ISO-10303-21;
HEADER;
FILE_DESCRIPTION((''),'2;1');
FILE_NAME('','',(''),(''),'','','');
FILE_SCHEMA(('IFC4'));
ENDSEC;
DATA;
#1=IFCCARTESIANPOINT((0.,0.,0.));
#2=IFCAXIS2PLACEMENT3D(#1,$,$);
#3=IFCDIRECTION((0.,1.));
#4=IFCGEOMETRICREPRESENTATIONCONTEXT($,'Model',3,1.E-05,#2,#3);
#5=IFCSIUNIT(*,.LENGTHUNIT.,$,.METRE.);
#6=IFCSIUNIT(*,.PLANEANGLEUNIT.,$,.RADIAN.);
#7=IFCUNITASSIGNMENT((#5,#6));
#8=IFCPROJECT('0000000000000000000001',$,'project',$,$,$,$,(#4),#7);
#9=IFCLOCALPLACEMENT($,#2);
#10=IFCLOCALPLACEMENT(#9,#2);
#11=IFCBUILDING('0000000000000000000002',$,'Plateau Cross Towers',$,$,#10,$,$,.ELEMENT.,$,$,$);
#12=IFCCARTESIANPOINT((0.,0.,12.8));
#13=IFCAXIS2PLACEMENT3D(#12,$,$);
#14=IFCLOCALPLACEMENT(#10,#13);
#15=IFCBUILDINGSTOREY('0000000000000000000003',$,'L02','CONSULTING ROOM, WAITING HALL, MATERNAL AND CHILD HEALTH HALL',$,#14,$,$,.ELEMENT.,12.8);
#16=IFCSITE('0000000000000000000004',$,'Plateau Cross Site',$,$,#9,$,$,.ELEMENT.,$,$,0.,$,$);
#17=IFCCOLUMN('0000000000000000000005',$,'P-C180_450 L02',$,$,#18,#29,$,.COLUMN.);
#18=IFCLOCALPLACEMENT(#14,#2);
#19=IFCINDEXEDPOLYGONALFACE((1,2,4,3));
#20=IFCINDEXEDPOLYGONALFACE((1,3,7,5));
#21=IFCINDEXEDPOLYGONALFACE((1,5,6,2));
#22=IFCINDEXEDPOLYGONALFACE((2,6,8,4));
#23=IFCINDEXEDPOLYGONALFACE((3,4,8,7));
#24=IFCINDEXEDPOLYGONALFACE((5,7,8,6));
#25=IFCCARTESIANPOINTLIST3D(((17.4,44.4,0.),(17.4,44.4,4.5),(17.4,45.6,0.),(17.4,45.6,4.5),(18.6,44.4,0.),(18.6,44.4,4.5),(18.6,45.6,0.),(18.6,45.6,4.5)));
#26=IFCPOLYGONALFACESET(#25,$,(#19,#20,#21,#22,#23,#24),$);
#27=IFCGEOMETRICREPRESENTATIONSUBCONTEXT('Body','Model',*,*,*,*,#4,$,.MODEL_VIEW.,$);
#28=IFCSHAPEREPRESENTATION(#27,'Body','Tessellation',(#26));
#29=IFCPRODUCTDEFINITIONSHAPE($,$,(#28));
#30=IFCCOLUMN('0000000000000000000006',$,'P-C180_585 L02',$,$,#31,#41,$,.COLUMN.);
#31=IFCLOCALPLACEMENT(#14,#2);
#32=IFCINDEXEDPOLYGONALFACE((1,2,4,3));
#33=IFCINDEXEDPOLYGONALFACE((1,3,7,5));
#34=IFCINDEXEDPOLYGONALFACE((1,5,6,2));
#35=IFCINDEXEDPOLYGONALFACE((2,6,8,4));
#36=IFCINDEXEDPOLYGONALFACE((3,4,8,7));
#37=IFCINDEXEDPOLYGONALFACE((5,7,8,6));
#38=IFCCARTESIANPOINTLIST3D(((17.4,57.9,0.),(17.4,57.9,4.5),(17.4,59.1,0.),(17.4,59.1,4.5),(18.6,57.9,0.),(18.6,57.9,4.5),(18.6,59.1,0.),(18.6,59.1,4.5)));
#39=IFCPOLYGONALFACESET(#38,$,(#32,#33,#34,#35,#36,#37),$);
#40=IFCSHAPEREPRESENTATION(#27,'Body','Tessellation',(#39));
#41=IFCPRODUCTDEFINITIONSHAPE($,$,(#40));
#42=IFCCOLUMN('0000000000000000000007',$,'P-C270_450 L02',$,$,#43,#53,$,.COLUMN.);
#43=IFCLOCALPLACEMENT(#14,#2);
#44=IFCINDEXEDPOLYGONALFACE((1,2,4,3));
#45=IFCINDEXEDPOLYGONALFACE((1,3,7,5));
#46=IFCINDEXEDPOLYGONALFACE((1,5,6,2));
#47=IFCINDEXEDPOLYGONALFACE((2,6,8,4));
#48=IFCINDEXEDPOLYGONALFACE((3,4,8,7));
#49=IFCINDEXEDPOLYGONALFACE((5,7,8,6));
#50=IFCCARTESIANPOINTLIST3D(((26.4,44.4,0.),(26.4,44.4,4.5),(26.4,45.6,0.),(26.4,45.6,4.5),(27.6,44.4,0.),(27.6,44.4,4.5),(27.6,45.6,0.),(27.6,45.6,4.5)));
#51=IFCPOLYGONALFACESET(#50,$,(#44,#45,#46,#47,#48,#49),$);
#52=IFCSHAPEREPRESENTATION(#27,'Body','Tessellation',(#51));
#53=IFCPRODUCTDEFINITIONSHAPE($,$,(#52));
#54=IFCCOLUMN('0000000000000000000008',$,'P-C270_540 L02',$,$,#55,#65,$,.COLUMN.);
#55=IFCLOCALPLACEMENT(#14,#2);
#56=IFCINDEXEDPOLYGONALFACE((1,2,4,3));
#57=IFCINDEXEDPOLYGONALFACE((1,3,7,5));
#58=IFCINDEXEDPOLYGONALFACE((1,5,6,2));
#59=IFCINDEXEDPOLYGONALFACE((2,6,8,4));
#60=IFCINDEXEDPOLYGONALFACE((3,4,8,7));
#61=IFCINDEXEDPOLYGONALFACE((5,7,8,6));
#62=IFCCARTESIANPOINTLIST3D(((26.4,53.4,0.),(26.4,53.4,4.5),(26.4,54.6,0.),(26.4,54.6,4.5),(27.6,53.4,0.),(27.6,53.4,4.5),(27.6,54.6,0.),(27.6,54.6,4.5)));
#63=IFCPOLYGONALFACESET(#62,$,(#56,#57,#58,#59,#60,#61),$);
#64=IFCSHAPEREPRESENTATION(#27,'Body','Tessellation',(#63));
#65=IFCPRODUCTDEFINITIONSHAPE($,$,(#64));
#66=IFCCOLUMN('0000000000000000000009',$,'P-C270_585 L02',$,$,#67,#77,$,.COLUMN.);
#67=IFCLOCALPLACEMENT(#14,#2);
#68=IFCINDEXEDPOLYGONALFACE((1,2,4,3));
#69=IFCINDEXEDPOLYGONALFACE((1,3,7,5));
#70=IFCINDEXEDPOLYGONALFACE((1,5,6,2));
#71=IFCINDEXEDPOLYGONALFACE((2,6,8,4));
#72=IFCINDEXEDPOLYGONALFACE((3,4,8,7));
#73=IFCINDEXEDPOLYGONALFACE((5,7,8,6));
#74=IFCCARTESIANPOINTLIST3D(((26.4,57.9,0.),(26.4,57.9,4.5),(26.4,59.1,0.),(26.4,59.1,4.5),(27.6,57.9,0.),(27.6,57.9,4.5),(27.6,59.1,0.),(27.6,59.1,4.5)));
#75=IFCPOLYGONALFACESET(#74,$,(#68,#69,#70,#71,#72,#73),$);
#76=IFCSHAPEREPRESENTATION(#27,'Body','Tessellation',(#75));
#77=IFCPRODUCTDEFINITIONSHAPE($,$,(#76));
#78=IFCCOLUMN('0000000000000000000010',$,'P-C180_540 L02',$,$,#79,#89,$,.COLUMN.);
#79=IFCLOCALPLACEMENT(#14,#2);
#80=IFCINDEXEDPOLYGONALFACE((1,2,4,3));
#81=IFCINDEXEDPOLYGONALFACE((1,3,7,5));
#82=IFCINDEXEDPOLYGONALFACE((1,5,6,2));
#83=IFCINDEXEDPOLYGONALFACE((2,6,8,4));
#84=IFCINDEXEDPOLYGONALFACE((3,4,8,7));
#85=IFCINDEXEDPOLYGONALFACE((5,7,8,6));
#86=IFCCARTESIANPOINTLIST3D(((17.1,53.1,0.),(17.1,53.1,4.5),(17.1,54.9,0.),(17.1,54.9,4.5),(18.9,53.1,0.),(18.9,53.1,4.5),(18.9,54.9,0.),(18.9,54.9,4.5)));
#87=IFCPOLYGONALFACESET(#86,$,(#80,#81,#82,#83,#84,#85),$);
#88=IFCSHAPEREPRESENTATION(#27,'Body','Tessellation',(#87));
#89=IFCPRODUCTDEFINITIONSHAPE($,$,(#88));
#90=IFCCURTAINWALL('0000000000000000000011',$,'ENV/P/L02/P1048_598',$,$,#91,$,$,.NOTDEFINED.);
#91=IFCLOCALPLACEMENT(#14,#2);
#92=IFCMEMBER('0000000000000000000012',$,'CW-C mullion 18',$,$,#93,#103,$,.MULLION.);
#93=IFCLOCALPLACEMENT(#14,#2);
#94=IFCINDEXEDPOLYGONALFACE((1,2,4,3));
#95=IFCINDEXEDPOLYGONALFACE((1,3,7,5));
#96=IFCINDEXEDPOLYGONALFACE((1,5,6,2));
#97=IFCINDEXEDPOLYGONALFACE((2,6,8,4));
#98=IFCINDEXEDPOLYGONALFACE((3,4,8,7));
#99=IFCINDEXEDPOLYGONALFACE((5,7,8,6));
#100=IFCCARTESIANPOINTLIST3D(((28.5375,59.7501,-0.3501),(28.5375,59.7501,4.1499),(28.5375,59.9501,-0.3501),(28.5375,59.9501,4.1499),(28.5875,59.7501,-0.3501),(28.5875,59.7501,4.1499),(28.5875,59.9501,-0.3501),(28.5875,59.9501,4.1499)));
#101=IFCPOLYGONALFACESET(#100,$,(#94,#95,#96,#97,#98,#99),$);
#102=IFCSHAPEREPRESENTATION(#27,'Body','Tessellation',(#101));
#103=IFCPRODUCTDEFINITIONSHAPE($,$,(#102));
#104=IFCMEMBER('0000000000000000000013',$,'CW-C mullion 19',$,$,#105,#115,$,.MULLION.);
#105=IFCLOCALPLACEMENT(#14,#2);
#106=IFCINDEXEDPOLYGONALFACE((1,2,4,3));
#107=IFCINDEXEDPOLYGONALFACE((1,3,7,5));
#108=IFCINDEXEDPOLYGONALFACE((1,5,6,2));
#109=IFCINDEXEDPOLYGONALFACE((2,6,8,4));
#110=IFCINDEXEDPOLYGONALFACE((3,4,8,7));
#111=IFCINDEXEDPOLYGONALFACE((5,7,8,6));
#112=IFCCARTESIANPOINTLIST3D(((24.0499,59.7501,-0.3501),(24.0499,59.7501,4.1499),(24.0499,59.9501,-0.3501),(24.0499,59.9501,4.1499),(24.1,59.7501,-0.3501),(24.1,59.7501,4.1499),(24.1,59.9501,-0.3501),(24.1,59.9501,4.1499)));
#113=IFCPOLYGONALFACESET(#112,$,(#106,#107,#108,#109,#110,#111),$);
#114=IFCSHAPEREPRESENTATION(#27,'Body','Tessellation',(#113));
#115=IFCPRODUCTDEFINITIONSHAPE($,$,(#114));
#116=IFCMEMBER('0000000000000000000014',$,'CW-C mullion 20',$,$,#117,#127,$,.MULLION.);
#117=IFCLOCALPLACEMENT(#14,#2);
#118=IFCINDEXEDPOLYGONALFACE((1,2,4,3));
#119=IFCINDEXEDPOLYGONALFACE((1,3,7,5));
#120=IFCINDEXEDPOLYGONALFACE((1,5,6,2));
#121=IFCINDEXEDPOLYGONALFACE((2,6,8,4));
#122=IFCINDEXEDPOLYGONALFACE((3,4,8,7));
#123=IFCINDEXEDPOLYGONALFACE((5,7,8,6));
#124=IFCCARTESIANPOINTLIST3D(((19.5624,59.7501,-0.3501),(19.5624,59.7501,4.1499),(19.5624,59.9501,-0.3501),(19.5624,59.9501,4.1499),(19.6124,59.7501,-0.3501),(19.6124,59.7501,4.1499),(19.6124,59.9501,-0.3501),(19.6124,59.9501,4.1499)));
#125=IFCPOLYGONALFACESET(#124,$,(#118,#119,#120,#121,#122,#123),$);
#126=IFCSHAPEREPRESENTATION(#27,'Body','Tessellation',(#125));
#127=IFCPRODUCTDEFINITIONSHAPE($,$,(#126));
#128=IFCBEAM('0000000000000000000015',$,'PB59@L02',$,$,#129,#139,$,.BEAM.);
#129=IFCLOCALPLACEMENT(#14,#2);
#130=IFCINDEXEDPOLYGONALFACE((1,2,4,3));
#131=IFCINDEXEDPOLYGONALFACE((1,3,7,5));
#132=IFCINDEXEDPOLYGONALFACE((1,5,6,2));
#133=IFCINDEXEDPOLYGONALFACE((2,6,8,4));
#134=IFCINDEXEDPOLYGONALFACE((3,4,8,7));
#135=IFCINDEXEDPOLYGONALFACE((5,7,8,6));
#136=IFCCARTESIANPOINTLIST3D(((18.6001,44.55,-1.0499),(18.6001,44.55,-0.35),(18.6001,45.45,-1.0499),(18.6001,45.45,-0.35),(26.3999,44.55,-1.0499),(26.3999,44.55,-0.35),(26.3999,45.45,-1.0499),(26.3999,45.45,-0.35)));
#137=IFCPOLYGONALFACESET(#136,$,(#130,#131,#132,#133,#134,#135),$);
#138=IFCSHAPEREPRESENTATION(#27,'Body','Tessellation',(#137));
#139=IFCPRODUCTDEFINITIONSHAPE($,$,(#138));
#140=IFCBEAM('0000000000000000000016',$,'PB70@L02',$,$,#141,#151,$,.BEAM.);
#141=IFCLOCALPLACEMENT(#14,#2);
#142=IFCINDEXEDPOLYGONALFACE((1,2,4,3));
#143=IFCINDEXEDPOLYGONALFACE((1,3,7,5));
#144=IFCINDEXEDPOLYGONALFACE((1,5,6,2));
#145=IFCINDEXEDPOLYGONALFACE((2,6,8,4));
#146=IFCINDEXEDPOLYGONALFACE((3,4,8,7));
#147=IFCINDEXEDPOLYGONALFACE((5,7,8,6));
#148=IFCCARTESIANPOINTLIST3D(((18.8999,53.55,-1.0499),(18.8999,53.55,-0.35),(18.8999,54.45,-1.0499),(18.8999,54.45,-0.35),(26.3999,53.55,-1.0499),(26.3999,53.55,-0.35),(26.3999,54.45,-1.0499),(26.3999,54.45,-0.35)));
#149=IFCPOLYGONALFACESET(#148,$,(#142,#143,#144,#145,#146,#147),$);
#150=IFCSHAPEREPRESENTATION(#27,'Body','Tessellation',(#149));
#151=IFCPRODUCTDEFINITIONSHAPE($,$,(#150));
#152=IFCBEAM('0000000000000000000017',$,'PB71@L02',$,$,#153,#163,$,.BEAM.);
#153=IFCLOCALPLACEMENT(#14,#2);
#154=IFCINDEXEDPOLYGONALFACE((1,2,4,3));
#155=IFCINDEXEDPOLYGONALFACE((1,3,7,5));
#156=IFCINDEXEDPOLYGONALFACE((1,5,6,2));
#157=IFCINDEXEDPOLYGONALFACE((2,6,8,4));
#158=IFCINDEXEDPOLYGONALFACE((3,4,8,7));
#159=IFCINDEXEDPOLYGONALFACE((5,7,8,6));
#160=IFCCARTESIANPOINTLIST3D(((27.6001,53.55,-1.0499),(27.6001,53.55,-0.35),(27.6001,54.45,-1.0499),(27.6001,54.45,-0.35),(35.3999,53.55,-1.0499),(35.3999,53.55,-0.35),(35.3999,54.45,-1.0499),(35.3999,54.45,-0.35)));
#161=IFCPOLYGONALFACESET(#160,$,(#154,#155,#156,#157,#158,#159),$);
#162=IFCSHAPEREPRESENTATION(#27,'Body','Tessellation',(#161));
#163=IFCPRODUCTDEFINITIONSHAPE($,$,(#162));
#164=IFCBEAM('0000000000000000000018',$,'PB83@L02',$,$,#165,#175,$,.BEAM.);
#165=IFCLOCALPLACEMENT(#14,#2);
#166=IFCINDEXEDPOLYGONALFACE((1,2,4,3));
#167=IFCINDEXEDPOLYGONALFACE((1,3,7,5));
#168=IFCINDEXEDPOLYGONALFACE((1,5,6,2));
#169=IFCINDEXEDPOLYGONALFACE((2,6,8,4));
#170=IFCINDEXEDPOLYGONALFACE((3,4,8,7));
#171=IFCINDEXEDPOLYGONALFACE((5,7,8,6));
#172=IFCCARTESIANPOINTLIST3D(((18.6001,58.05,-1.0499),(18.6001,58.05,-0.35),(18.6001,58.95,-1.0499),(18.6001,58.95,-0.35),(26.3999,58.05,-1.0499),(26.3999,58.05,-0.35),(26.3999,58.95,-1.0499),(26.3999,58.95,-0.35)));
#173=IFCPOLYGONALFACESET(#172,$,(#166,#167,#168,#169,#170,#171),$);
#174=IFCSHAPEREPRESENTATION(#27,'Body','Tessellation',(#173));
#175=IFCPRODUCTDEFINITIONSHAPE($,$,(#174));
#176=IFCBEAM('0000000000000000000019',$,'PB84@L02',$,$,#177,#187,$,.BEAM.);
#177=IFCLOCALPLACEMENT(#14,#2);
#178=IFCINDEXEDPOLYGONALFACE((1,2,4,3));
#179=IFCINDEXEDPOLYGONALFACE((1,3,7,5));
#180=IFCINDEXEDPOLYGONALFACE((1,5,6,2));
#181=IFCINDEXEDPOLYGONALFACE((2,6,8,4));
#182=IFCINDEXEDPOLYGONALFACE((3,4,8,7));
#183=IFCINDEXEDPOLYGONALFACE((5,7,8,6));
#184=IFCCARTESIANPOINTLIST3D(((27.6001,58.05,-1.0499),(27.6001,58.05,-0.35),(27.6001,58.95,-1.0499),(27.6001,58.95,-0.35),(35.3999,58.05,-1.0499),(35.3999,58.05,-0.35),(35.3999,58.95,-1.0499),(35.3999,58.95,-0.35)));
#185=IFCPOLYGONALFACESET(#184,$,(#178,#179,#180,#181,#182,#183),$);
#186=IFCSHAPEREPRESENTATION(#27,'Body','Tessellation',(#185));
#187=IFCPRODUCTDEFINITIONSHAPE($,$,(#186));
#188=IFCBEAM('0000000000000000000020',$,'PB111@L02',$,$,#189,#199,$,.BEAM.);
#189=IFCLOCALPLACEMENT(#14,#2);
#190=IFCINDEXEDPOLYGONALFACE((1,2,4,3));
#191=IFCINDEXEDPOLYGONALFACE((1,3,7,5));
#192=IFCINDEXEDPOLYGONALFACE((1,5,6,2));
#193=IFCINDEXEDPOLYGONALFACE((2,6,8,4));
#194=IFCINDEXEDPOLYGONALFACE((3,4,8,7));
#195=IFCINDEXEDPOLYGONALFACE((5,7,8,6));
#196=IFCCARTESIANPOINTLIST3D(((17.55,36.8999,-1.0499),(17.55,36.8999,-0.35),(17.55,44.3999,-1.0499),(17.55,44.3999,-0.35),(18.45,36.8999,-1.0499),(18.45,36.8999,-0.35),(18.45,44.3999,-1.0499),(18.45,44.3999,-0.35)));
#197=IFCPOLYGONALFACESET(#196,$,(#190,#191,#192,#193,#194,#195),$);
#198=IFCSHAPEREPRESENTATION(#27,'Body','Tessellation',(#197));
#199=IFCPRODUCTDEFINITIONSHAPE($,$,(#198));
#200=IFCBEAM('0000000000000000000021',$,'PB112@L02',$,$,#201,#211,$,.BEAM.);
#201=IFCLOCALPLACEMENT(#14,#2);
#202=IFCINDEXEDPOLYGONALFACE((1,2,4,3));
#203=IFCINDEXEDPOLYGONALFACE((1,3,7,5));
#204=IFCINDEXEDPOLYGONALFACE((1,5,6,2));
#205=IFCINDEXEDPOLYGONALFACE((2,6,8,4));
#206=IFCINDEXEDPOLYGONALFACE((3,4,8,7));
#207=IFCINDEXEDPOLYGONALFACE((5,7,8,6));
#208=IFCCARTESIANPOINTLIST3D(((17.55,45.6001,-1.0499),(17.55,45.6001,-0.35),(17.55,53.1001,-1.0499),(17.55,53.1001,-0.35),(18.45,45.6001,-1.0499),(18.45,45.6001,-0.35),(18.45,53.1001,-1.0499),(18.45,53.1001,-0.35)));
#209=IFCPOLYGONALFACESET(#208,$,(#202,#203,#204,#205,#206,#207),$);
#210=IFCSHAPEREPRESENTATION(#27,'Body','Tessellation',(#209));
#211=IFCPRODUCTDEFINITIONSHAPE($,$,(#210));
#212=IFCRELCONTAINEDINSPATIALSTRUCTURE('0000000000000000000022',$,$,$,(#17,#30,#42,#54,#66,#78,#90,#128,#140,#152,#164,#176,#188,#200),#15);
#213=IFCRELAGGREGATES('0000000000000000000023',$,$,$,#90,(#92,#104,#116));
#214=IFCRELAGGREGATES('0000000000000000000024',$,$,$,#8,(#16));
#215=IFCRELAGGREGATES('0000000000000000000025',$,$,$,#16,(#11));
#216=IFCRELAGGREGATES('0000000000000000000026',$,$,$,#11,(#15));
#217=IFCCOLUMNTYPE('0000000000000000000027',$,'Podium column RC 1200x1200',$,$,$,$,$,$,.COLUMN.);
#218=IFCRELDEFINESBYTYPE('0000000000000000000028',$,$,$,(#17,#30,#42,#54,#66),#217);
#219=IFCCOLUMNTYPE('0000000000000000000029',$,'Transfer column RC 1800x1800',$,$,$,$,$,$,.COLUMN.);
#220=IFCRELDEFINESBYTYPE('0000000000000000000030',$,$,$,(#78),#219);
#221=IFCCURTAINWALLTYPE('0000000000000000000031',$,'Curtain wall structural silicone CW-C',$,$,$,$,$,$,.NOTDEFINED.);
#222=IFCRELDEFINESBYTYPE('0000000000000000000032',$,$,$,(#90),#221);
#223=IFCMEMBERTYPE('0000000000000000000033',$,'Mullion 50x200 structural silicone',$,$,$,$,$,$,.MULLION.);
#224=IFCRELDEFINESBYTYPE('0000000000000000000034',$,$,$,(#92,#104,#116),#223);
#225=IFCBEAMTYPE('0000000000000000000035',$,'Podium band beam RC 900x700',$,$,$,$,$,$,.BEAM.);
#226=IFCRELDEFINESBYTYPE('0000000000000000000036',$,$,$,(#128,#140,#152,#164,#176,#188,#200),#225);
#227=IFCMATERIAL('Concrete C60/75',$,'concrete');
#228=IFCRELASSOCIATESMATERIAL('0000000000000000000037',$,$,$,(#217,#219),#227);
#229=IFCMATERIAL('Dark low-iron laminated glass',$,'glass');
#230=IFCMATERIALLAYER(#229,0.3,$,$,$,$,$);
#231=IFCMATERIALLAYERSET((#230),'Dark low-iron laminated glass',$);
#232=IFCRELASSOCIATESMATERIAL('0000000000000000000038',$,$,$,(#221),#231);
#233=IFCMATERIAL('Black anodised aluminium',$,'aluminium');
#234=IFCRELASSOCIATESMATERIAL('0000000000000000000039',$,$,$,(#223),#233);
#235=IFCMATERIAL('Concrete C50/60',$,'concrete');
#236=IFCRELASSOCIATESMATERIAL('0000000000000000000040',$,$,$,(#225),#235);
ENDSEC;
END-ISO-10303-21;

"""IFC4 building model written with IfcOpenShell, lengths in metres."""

from ifc_helpers import new_model, si_unit, direction, frame, origin, origin_2d, place, context, subcontext, project, spatial, rectangle, extrude, material, layer, layer_set, material_profile, profile_set, type_object, element, aggregate, save


model = new_model("IFC4")

# Units and contexts
model_context = context("Model", 3, precision=1e-05, world=origin(), true_north=direction((0.0, 1.0)))
body_context = subcontext(model_context, "Body", "Model", "MODEL_VIEW")
ifc_project = project(units=[si_unit("LENGTHUNIT", "METRE"), si_unit("PLANEANGLEUNIT", "RADIAN")], contexts=[model_context])

# Site, building, storey
site_placement = place(None, origin())
site = spatial("IfcSite", under=ifc_project, at=site_placement, Name="Plateau Cross Site", CompositionType="ELEMENT", RefElevation=0.0)
building_placement = place(site_placement, origin())
building = spatial("IfcBuilding", under=site, at=building_placement, Name="Plateau Cross Towers", CompositionType="ELEMENT")
storey_placement = place(building_placement, frame((0.0, 0.0, 12.8)))
storey = spatial("IfcBuildingStorey", under=building, at=storey_placement, Name="L02", Description="CONSULTING ROOM, WAITING HALL, MATERNAL AND CHILD HEALTH HALL", CompositionType="ELEMENT", Elevation=12.8)

# Columns
ifc_material_1 = material(Name="Concrete C60/75", Category="concrete")
ifc_material_profile_1 = material_profile(ifc_material_1, rectangle(XDim=1.2, YDim=1.2, at=origin_2d()), Name="RC 1200x1200")
ifc_profile_set_1 = profile_set([ifc_material_profile_1], Name="Concrete C60/75")
column_type_1 = type_object("IfcColumnType", Name="Podium column RC 1200x1200", PredefinedType="COLUMN", material=ifc_profile_set_1)
for number, where, z_axis, x_axis, name in (
    (1, (18.0, 45.0, 0.0), (0.0, 0.0, 1.0), (1.0, 0.0, 0.0), "P-C180_450 L02"),
    (2, (18.0, 58.5, 0.0), (0.0, 0.0, 1.0), (1.0, 0.0, 0.0), "P-C180_585 L02"),
    (3, (27.0, 45.0, 0.0), (0.0, 0.0, 1.0), (1.0, 0.0, 0.0), "P-C270_450 L02"),
    (4, (27.0, 54.0, 0.0), (0.0, 0.0, 1.0), (1.0, 0.0, 0.0), "P-C270_540 L02"),
    (5, (27.0, 58.5, 0.0), (0.0, 0.0, 1.0), (1.0, 0.0, 0.0), "P-C270_585 L02"),
):
    element("IfcColumn", number, at=place(storey_placement, frame(where, z_axis=z_axis, x_axis=x_axis)), inside=storey, type_object=column_type_1, Name=name, PredefinedType="COLUMN", context=body_context, shape_type="SweptSolid", body=[
        extrude(rectangle(XDim=1.2, YDim=1.2, at=origin_2d()), origin(), (0.0, 0.0, 1.0), 4.5),
    ])
ifc_material_profile_2 = material_profile(ifc_material_1, rectangle(XDim=1.8, YDim=1.8, at=origin_2d()), Name="RC 1800x1800")
ifc_profile_set_2 = profile_set([ifc_material_profile_2], Name="Concrete C60/75")
column_type_2 = type_object("IfcColumnType", Name="Transfer column RC 1800x1800", PredefinedType="COLUMN", material=ifc_profile_set_2)
column_placement = place(storey_placement, frame((18.0, 54.0, 0.0), z_axis=(0.0, 0.0, 1.0), x_axis=(1.0, 0.0, 0.0)))
element("IfcColumn", 6, at=column_placement, inside=storey, type_object=column_type_2, Name="P-C180_540 L02", PredefinedType="COLUMN", context=body_context, shape_type="SweptSolid", body=[
    extrude(rectangle(XDim=1.8, YDim=1.8, at=origin_2d()), origin(), (0.0, 0.0, 1.0), 4.5),
])

# Curtain wall, members
ifc_material_2 = material(Name="Dark low-iron laminated glass", Category="glass")
ifc_layer_1 = layer(ifc_material_2, 0.3)
ifc_layer_set_1 = layer_set([ifc_layer_1], Name="Dark low-iron laminated glass")
curtain_wall_type = type_object("IfcCurtainWallType", Name="Curtain wall structural silicone CW-C", PredefinedType="NOTDEFINED", material=ifc_layer_set_1)
curtain_wall_placement = place(storey_placement, origin())
curtain_wall = element("IfcCurtainWall", 7, at=curtain_wall_placement, inside=storey, type_object=curtain_wall_type, Name="ENV/P/L02/P1048_598", PredefinedType="NOTDEFINED")
ifc_material_3 = material(Name="Black anodised aluminium", Category="aluminium")
ifc_material_profile_3 = material_profile(ifc_material_3, rectangle(XDim=0.05, YDim=0.2, at=origin_2d()), Name="MULLION 50x200")
ifc_profile_set_3 = profile_set([ifc_material_profile_3], Name="Black anodised aluminium")
member_type = type_object("IfcMemberType", Name="Mullion 50x200 structural silicone", PredefinedType="MULLION", material=ifc_profile_set_3)
member_1_placement = place(storey_placement, frame((28.5625, 59.8501, -0.3501), z_axis=(0.0, 0.0, 1.0), x_axis=(-1.0, 0.0, 0.0)))
member_1 = element("IfcMember", 8, at=member_1_placement, type_object=member_type, Name="CW-C mullion 18", PredefinedType="MULLION", context=body_context, shape_type="SweptSolid", body=[
    extrude(rectangle(XDim=0.05, YDim=0.2, at=origin_2d()), origin(), (0.0, 0.0, 1.0), 4.5),
])
member_2_placement = place(storey_placement, frame((24.075, 59.8501, -0.3501), z_axis=(0.0, 0.0, 1.0), x_axis=(-1.0, 0.0, 0.0)))
member_2 = element("IfcMember", 9, at=member_2_placement, type_object=member_type, Name="CW-C mullion 19", PredefinedType="MULLION", context=body_context, shape_type="SweptSolid", body=[
    extrude(rectangle(XDim=0.05, YDim=0.2, at=origin_2d()), origin(), (0.0, 0.0, 1.0), 4.5),
])
member_3_placement = place(storey_placement, frame((19.5874, 59.8501, -0.3501), z_axis=(0.0, 0.0, 1.0), x_axis=(-1.0, 0.0, 0.0)))
member_3 = element("IfcMember", 10, at=member_3_placement, type_object=member_type, Name="CW-C mullion 20", PredefinedType="MULLION", context=body_context, shape_type="SweptSolid", body=[
    extrude(rectangle(XDim=0.05, YDim=0.2, at=origin_2d()), origin(), (0.0, 0.0, 1.0), 4.5),
])

# Beams
ifc_material_4 = material(Name="Concrete C50/60", Category="concrete")
ifc_material_profile_4 = material_profile(ifc_material_4, rectangle(XDim=0.8999, YDim=0.7, at=origin_2d()), Name="RC 900x700")
ifc_profile_set_4 = profile_set([ifc_material_profile_4], Name="Concrete C50/60")
beam_type = type_object("IfcBeamType", Name="Podium band beam RC 900x700", PredefinedType="BEAM", material=ifc_profile_set_4)
beam_1_placement = place(storey_placement, frame((18.6001, 45.0, -0.7), z_axis=(1.0, 0.0, 0.0), x_axis=(0.0, 1.0, 0.0)))
element("IfcBeam", 11, at=beam_1_placement, inside=storey, type_object=beam_type, Name="PB59@L02", PredefinedType="BEAM", context=body_context, shape_type="SweptSolid", body=[
    extrude(rectangle(XDim=0.8999, YDim=0.7, at=origin_2d()), origin(), (0.0, 0.0, 1.0), 7.7998),
])
beam_2_placement = place(storey_placement, frame((18.8999, 54.0, -0.7), z_axis=(1.0, 0.0, 0.0), x_axis=(0.0, 1.0, 0.0)))
element("IfcBeam", 12, at=beam_2_placement, inside=storey, type_object=beam_type, Name="PB70@L02", PredefinedType="BEAM", context=body_context, shape_type="SweptSolid", body=[
    extrude(rectangle(XDim=0.8999, YDim=0.7, at=origin_2d()), origin(), (0.0, 0.0, 1.0), 7.5),
])
for number, where, z_axis, x_axis, name in (
    (13, (27.6001, 54.0, -0.7), (1.0, 0.0, 0.0), (0.0, 1.0, 0.0), "PB71@L02"),
    (14, (18.6001, 58.5, -0.7), (1.0, 0.0, 0.0), (0.0, 1.0, 0.0), "PB83@L02"),
    (15, (27.6001, 58.5, -0.7), (1.0, 0.0, 0.0), (0.0, 1.0, 0.0), "PB84@L02"),
):
    element("IfcBeam", number, at=place(storey_placement, frame(where, z_axis=z_axis, x_axis=x_axis)), inside=storey, type_object=beam_type, Name=name, PredefinedType="BEAM", context=body_context, shape_type="SweptSolid", body=[
        extrude(rectangle(XDim=0.8999, YDim=0.7, at=origin_2d()), origin(), (0.0, 0.0, 1.0), 7.7998),
    ])
for number, where, z_axis, x_axis, name in (
    (16, (18.0, 36.8999, -0.7), (0.0, 1.0, 0.0), (-1.0, 0.0, 0.0), "PB111@L02"),
    (17, (18.0, 45.6001, -0.7), (0.0, 1.0, 0.0), (-1.0, 0.0, 0.0), "PB112@L02"),
):
    element("IfcBeam", number, at=place(storey_placement, frame(where, z_axis=z_axis, x_axis=x_axis)), inside=storey, type_object=beam_type, Name=name, PredefinedType="BEAM", context=body_context, shape_type="SweptSolid", body=[
        extrude(rectangle(XDim=0.8999, YDim=0.7, at=origin_2d()), origin(), (0.0, 0.0, 1.0), 7.5),
    ])

aggregate(curtain_wall, [member_1, member_2, member_3])

save(model, "model.ifc")
